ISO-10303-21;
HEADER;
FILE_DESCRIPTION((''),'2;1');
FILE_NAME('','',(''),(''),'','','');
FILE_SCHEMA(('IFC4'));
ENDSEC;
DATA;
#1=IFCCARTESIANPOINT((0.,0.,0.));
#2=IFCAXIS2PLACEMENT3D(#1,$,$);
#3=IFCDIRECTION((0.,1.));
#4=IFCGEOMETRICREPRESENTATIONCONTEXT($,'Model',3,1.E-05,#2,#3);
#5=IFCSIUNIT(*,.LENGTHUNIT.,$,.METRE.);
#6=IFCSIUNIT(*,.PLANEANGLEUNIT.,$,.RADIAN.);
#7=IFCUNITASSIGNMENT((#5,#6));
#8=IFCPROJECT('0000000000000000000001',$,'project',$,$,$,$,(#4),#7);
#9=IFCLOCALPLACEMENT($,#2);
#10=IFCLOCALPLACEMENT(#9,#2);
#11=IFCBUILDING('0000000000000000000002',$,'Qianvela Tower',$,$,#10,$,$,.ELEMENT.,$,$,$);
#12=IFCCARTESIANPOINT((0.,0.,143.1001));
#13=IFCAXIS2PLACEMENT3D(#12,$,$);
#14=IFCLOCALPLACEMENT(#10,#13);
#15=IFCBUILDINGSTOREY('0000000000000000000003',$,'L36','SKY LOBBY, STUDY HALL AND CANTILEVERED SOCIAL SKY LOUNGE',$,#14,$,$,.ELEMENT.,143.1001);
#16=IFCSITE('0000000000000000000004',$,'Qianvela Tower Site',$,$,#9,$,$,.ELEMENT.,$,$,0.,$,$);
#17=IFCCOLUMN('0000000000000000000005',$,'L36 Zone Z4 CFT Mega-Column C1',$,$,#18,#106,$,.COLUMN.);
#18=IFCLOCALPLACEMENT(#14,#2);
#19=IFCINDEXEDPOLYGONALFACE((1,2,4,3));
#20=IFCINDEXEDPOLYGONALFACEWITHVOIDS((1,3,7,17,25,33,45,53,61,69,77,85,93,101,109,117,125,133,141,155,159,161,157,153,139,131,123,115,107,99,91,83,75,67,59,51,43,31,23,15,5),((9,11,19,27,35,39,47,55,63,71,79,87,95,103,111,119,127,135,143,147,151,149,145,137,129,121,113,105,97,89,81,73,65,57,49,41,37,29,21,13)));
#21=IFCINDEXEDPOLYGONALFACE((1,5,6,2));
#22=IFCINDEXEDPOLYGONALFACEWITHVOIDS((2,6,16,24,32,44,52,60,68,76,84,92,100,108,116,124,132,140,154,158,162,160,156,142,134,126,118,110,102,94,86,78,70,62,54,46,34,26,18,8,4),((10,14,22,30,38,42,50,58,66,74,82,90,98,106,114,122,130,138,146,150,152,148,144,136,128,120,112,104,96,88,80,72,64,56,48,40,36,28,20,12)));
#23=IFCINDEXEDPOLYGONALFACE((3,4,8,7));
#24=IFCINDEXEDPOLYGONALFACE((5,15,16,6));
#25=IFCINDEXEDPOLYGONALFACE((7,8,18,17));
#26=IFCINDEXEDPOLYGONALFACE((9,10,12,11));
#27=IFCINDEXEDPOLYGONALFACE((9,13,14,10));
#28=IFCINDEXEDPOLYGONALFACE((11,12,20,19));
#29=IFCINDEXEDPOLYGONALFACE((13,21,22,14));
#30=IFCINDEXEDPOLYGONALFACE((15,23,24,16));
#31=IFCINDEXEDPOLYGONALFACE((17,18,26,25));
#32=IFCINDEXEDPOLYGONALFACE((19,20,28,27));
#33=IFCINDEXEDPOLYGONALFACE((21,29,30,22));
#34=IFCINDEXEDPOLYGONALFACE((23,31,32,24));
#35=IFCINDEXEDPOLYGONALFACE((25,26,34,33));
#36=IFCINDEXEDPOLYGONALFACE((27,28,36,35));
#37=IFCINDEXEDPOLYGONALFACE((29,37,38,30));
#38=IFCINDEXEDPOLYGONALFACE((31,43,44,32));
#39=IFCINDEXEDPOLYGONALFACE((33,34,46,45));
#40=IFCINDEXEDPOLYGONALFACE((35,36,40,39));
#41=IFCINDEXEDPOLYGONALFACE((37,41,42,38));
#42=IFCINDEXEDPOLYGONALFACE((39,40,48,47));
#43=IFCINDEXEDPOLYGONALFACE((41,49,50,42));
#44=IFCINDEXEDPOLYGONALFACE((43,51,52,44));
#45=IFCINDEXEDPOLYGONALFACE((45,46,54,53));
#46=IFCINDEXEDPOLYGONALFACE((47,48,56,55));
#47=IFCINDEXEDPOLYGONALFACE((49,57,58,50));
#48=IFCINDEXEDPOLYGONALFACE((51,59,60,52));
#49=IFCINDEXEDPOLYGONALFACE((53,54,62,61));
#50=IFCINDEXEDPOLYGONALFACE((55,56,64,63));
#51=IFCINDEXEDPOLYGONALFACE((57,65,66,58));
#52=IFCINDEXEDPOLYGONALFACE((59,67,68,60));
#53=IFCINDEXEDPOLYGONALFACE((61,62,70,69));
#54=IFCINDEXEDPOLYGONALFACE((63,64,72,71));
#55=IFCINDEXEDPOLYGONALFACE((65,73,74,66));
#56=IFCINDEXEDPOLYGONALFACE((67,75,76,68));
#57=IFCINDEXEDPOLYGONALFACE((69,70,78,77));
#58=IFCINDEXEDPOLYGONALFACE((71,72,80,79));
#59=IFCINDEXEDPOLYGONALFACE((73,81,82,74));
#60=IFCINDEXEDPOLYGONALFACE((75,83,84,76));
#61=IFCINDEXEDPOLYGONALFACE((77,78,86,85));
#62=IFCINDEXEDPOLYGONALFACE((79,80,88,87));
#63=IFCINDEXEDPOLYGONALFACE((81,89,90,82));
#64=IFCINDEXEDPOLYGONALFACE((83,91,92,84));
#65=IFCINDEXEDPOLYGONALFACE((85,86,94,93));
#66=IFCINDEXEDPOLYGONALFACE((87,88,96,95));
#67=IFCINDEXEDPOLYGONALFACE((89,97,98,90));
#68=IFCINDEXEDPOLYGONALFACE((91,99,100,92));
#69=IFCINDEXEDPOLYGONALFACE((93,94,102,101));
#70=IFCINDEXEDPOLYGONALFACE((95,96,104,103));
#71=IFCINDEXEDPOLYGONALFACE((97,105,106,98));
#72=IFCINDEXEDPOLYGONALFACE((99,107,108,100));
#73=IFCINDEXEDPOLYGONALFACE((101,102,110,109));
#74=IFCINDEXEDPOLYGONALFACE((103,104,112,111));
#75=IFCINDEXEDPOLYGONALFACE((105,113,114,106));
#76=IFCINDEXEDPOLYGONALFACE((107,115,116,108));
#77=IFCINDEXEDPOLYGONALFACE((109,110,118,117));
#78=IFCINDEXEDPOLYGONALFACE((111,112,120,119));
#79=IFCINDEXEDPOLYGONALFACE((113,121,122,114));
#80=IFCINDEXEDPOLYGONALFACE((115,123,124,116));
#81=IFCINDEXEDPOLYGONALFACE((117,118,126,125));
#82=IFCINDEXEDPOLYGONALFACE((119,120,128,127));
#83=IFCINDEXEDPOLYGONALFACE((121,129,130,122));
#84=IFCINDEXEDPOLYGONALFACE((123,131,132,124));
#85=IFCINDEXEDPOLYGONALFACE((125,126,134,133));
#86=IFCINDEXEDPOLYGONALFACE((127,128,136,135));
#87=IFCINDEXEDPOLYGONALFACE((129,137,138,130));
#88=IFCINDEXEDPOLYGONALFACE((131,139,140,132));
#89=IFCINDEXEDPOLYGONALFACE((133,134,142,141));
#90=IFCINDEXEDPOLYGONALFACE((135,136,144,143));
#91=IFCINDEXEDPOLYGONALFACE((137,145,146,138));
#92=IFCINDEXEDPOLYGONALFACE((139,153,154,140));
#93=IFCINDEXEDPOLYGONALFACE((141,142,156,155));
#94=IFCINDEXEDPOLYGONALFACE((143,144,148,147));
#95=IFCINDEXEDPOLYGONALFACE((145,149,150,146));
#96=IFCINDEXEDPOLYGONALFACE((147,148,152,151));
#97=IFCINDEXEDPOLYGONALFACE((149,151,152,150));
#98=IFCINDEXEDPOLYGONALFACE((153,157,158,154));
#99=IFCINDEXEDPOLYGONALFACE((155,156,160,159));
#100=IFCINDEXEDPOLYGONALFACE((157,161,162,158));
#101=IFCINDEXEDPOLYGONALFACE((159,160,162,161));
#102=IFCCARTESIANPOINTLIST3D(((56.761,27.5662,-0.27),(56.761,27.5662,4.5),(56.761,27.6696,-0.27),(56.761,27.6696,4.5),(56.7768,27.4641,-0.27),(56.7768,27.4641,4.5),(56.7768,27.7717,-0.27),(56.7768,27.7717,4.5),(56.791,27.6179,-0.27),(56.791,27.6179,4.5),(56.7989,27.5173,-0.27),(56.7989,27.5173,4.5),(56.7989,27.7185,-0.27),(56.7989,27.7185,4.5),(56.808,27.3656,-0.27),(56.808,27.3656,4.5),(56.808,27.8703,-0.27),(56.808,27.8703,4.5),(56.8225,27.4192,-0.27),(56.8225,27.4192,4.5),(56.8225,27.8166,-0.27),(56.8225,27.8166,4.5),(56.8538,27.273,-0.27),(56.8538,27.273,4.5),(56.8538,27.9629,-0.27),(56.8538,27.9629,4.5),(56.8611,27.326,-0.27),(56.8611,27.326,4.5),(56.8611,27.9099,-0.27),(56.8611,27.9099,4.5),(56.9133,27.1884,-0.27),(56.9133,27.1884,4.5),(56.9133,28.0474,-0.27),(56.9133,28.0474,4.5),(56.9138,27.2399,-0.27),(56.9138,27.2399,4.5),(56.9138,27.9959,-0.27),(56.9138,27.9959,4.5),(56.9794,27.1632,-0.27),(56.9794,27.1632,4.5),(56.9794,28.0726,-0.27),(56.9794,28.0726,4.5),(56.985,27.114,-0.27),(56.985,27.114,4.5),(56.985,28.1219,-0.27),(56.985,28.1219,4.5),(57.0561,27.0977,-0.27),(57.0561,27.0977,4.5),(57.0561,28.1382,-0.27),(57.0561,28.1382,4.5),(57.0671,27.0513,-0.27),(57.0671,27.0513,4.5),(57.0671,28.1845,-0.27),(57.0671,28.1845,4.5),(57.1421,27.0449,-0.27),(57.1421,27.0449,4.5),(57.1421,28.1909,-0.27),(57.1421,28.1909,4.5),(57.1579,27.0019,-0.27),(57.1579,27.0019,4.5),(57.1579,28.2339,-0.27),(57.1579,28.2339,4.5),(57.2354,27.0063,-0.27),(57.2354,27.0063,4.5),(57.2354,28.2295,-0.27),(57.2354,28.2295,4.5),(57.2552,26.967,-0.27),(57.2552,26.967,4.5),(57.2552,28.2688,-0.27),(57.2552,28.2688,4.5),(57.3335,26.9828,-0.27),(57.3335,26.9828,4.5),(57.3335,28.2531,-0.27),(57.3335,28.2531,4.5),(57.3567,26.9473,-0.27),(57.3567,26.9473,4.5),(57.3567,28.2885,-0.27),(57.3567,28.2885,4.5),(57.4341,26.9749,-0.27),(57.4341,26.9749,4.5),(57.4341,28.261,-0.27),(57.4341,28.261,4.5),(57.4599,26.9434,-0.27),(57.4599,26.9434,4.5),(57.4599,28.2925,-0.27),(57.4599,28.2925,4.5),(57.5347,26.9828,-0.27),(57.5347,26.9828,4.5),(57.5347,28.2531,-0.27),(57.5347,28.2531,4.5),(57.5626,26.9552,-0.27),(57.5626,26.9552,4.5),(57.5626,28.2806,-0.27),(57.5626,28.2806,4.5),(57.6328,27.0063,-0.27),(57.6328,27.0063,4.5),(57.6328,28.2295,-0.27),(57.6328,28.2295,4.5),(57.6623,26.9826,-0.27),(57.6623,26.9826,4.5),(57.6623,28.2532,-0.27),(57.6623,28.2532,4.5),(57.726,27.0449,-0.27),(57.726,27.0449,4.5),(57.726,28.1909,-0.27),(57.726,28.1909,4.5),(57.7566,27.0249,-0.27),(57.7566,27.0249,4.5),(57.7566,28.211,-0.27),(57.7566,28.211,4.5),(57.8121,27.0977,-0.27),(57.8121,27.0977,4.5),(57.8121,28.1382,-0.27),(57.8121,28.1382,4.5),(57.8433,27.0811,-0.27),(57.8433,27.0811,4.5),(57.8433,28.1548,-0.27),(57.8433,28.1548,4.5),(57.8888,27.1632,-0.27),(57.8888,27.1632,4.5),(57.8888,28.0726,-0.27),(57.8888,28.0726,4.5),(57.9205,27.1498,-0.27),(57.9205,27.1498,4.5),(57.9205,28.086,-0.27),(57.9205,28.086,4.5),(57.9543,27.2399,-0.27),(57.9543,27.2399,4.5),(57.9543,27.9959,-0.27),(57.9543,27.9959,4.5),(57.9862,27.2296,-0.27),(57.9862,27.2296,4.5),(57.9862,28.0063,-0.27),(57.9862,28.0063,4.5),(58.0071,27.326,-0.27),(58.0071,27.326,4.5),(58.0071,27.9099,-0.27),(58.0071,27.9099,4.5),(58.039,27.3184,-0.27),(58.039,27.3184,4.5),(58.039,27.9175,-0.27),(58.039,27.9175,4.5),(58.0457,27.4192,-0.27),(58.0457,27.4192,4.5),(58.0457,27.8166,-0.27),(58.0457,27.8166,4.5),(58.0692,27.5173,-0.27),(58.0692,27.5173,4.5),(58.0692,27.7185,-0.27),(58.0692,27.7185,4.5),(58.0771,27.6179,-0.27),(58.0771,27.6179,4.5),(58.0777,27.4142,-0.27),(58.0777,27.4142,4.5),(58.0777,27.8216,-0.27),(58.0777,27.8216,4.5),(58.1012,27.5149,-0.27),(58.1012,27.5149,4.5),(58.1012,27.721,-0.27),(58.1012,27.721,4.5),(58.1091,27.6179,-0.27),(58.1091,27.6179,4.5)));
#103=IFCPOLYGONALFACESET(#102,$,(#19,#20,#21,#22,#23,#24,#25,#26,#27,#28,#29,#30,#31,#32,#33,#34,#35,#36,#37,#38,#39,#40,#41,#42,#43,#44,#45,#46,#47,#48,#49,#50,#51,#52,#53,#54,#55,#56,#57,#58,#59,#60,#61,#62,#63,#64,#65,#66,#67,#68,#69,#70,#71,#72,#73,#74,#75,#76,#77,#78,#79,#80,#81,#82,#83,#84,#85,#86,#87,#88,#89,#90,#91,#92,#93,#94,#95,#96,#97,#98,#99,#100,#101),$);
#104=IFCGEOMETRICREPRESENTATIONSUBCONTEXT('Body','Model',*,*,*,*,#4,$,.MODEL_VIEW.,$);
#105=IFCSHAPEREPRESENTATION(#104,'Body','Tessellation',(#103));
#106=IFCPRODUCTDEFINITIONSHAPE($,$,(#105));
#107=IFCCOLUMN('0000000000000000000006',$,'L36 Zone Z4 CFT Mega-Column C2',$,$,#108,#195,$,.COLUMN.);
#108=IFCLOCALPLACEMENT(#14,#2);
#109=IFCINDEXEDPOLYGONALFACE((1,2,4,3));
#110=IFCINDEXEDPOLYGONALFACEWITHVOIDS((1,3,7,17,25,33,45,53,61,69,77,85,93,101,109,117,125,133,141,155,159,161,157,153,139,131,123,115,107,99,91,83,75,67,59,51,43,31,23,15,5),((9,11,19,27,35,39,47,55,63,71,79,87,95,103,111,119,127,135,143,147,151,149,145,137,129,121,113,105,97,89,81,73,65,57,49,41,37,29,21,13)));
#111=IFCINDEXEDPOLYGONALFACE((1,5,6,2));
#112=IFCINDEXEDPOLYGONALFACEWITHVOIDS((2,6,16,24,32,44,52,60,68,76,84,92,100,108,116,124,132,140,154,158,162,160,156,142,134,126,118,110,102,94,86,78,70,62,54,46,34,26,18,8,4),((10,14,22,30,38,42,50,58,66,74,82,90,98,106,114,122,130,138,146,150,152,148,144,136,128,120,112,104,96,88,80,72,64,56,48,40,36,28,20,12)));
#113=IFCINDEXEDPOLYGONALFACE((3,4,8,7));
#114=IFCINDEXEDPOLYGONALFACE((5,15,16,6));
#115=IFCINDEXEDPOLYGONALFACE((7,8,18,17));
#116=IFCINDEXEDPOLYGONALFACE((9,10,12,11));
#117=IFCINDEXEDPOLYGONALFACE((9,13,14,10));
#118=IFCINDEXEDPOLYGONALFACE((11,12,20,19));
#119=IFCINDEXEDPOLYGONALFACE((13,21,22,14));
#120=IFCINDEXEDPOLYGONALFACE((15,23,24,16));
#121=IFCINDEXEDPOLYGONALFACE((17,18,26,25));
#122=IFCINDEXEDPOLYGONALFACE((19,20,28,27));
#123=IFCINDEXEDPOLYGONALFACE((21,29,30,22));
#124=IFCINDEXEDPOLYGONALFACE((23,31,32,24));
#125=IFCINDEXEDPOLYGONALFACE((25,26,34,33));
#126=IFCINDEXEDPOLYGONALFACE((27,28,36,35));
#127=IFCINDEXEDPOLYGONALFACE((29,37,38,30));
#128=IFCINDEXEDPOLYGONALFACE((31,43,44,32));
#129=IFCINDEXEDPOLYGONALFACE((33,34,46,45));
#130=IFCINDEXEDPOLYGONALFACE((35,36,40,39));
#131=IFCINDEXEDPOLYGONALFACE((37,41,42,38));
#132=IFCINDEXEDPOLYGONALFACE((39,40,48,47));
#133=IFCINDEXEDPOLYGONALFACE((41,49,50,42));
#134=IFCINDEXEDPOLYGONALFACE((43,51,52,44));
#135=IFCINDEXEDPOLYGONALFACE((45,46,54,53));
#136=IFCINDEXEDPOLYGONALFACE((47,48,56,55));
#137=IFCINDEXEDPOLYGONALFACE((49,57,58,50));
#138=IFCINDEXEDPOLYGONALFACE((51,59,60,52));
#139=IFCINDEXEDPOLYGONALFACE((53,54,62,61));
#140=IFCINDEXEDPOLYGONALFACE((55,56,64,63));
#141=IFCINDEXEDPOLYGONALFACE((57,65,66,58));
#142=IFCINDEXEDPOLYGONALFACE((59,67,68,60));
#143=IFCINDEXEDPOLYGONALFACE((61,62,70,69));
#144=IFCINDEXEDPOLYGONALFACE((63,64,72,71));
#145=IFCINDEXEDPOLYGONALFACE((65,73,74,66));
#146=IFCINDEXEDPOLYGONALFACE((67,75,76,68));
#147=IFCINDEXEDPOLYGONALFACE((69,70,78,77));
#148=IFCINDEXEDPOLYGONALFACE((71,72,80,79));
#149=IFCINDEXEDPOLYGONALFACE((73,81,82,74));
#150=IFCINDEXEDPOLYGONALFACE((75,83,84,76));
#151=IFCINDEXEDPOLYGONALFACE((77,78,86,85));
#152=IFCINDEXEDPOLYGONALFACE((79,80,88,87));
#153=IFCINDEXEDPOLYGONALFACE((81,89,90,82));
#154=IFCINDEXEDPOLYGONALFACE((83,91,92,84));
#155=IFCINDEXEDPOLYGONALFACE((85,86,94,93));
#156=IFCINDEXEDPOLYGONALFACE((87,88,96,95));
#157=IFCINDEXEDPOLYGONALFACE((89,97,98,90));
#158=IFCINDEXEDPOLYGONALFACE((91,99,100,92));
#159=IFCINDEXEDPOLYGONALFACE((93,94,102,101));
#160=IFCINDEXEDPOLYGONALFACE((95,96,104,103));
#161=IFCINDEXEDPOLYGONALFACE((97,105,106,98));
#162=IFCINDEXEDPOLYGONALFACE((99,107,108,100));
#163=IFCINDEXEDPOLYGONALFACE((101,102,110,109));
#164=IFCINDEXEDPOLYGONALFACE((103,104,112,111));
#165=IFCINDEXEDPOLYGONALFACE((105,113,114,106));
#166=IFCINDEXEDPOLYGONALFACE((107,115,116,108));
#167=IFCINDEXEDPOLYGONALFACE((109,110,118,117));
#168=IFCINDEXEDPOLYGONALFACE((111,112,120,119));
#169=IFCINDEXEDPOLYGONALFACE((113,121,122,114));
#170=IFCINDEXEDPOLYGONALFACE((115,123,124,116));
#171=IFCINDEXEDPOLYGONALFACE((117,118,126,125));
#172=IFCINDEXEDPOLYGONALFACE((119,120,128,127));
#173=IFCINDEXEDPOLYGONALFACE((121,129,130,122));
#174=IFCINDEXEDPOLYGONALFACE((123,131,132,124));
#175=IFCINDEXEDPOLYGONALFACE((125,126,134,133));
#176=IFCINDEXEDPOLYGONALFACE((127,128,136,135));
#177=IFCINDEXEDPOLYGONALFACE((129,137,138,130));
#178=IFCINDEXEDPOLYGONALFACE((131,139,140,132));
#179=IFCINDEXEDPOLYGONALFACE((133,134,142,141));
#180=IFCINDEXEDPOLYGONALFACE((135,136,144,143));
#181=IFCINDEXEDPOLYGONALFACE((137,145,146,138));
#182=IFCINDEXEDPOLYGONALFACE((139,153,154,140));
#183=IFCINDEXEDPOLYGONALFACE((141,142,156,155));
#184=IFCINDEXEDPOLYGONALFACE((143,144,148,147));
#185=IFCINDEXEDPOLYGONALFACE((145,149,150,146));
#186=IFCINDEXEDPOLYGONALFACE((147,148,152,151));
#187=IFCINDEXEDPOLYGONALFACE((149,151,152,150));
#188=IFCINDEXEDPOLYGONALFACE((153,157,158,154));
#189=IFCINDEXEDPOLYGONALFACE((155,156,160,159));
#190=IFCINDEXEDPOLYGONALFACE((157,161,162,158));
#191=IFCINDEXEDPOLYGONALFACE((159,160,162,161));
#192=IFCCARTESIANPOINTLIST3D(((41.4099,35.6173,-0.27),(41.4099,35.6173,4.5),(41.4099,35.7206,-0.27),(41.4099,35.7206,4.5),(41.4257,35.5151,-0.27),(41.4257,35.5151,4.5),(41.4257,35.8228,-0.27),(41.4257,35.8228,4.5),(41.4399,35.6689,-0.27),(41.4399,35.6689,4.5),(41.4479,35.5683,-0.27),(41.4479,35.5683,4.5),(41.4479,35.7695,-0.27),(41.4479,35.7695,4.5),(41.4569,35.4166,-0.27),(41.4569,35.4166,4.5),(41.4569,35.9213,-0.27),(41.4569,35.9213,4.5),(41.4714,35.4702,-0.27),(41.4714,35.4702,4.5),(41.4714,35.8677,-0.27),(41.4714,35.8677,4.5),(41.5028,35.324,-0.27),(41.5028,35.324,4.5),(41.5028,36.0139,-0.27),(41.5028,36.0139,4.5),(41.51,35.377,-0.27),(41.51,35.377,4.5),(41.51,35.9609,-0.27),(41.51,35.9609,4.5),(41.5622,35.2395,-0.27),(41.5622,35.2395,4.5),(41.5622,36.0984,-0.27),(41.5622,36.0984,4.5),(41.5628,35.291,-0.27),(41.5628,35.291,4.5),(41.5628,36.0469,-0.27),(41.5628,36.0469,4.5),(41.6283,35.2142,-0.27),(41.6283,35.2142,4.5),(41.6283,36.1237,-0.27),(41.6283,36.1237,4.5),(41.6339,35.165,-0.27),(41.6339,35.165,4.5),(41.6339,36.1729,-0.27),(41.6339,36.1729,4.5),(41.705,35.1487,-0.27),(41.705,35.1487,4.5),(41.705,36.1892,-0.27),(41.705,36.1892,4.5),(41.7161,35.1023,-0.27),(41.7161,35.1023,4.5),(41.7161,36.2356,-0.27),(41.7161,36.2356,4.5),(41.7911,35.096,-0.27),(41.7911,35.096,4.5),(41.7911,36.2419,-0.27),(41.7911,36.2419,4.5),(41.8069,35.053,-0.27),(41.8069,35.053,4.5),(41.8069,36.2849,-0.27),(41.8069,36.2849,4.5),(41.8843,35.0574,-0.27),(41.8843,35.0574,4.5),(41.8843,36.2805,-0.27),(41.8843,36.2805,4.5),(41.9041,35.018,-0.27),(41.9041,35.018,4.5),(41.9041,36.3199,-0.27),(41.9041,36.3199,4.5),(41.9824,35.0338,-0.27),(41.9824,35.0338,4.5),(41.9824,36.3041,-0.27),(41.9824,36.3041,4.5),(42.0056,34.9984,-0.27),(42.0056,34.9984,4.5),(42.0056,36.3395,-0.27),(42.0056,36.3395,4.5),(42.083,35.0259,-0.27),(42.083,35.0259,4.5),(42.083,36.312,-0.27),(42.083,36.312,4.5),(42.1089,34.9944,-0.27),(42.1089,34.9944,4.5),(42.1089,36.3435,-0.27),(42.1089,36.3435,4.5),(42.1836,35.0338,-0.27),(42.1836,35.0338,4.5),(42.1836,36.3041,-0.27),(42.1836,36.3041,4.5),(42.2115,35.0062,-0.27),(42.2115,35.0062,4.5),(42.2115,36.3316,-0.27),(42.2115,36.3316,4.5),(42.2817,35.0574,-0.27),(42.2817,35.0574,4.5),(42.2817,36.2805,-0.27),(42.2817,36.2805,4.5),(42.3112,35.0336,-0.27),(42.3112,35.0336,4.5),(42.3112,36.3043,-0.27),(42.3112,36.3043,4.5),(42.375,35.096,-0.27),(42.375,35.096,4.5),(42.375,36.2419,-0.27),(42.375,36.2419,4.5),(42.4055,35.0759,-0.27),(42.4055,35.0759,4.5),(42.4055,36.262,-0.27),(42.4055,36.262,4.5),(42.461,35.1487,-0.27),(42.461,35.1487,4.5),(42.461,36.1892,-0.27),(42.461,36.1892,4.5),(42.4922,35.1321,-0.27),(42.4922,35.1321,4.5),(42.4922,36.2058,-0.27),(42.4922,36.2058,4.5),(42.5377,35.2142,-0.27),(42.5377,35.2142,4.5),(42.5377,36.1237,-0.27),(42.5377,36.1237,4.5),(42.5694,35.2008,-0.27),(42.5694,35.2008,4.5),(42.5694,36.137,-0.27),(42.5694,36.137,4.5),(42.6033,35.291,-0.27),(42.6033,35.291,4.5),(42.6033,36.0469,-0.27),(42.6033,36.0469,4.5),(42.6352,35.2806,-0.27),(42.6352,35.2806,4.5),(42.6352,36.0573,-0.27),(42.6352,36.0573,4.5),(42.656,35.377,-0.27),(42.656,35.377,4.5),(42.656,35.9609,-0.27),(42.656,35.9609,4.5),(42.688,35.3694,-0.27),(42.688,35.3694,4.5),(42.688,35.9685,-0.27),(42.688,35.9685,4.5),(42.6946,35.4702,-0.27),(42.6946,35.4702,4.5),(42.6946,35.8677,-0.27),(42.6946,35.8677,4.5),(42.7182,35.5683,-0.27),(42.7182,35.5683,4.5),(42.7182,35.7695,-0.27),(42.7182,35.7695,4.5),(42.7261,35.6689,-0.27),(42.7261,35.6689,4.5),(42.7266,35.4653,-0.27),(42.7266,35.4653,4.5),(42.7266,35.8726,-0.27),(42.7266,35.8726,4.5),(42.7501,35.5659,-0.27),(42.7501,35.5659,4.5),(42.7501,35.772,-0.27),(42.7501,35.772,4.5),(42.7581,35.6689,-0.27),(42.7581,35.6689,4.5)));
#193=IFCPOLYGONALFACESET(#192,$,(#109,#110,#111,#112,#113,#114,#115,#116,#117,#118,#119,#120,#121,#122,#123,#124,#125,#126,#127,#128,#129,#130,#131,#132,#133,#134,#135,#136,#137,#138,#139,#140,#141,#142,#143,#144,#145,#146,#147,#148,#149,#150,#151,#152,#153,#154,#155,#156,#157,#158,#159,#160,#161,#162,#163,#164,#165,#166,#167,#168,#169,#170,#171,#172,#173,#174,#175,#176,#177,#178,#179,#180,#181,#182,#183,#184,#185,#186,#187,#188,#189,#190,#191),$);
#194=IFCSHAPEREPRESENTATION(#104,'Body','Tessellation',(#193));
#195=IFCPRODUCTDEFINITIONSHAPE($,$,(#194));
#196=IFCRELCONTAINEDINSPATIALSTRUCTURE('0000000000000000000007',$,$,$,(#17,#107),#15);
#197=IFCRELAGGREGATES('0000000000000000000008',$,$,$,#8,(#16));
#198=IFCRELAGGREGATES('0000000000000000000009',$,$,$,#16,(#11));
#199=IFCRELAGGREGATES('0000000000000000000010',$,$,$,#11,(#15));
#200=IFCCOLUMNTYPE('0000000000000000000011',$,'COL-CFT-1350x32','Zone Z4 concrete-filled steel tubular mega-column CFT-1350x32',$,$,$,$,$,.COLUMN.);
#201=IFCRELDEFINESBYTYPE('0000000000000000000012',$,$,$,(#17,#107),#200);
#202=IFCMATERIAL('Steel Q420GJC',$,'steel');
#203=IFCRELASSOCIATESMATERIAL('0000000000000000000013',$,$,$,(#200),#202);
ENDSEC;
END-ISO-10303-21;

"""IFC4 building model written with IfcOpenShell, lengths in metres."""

from ifc_helpers import new_model, si_unit, direction, frame, origin, origin_2d, place, context, subcontext, project, spatial, hollow_circle, extrude, material, material_profile, profile_set, type_object, element, save


model = new_model("IFC4")

# Units and contexts
model_context = context("Model", 3, precision=1e-05, world=origin(), true_north=direction((0.0, 1.0)))
body_context = subcontext(model_context, "Body", "Model", "MODEL_VIEW")
ifc_project = project(units=[si_unit("LENGTHUNIT", "METRE"), si_unit("PLANEANGLEUNIT", "RADIAN")], contexts=[model_context])

# Site, building, storey
site_placement = place(None, origin())
site = spatial("IfcSite", under=ifc_project, at=site_placement, Name="Qianvela Tower Site", CompositionType="ELEMENT", RefElevation=0.0)
building_placement = place(site_placement, origin())
building = spatial("IfcBuilding", under=site, at=building_placement, Name="Qianvela Tower", CompositionType="ELEMENT")
storey_placement = place(building_placement, frame((0.0, 0.0, 143.1001)))
storey = spatial("IfcBuildingStorey", under=building, at=storey_placement, Name="L36", Description="SKY LOBBY, STUDY HALL AND CANTILEVERED SOCIAL SKY LOUNGE", CompositionType="ELEMENT", Elevation=143.1001)

# Columns
ifc_material_1 = material(Name="Steel Q420GJC", Category="steel")
ifc_material_profile_1 = material_profile(ifc_material_1, hollow_circle(Radius=0.675, WallThickness=0.032, at=origin_2d()), Name="CFT-1350x32")
ifc_profile_set_1 = profile_set([ifc_material_profile_1], Name="Steel Q420GJC")
column_type = type_object("IfcColumnType", Name="COL-CFT-1350x32", Description="Zone Z4 concrete-filled steel tubular mega-column CFT-1350x32", PredefinedType="COLUMN", material=ifc_profile_set_1)
for number, where, z_axis, x_axis, name in (
    (1, (57.4341, 27.6179, -0.27), (0.0, 0.0, 1.0), (1.0, 0.0, 0.0), "L36 Zone Z4 CFT Mega-Column C1"),
    (2, (42.083, 35.6689, -0.27), (0.0, 0.0, 1.0), (1.0, 0.0, 0.0), "L36 Zone Z4 CFT Mega-Column C2"),
):
    element("IfcColumn", number, at=place(storey_placement, frame(where, z_axis=z_axis, x_axis=x_axis)), inside=storey, type_object=column_type, Name=name, PredefinedType="COLUMN", context=body_context, shape_type="SweptSolid", body=[
        extrude(hollow_circle(Radius=0.675, WallThickness=0.032, at=origin_2d()), origin(), (0.0, 0.0, 1.0), 4.77),
    ])

save(model, "model.ifc")
